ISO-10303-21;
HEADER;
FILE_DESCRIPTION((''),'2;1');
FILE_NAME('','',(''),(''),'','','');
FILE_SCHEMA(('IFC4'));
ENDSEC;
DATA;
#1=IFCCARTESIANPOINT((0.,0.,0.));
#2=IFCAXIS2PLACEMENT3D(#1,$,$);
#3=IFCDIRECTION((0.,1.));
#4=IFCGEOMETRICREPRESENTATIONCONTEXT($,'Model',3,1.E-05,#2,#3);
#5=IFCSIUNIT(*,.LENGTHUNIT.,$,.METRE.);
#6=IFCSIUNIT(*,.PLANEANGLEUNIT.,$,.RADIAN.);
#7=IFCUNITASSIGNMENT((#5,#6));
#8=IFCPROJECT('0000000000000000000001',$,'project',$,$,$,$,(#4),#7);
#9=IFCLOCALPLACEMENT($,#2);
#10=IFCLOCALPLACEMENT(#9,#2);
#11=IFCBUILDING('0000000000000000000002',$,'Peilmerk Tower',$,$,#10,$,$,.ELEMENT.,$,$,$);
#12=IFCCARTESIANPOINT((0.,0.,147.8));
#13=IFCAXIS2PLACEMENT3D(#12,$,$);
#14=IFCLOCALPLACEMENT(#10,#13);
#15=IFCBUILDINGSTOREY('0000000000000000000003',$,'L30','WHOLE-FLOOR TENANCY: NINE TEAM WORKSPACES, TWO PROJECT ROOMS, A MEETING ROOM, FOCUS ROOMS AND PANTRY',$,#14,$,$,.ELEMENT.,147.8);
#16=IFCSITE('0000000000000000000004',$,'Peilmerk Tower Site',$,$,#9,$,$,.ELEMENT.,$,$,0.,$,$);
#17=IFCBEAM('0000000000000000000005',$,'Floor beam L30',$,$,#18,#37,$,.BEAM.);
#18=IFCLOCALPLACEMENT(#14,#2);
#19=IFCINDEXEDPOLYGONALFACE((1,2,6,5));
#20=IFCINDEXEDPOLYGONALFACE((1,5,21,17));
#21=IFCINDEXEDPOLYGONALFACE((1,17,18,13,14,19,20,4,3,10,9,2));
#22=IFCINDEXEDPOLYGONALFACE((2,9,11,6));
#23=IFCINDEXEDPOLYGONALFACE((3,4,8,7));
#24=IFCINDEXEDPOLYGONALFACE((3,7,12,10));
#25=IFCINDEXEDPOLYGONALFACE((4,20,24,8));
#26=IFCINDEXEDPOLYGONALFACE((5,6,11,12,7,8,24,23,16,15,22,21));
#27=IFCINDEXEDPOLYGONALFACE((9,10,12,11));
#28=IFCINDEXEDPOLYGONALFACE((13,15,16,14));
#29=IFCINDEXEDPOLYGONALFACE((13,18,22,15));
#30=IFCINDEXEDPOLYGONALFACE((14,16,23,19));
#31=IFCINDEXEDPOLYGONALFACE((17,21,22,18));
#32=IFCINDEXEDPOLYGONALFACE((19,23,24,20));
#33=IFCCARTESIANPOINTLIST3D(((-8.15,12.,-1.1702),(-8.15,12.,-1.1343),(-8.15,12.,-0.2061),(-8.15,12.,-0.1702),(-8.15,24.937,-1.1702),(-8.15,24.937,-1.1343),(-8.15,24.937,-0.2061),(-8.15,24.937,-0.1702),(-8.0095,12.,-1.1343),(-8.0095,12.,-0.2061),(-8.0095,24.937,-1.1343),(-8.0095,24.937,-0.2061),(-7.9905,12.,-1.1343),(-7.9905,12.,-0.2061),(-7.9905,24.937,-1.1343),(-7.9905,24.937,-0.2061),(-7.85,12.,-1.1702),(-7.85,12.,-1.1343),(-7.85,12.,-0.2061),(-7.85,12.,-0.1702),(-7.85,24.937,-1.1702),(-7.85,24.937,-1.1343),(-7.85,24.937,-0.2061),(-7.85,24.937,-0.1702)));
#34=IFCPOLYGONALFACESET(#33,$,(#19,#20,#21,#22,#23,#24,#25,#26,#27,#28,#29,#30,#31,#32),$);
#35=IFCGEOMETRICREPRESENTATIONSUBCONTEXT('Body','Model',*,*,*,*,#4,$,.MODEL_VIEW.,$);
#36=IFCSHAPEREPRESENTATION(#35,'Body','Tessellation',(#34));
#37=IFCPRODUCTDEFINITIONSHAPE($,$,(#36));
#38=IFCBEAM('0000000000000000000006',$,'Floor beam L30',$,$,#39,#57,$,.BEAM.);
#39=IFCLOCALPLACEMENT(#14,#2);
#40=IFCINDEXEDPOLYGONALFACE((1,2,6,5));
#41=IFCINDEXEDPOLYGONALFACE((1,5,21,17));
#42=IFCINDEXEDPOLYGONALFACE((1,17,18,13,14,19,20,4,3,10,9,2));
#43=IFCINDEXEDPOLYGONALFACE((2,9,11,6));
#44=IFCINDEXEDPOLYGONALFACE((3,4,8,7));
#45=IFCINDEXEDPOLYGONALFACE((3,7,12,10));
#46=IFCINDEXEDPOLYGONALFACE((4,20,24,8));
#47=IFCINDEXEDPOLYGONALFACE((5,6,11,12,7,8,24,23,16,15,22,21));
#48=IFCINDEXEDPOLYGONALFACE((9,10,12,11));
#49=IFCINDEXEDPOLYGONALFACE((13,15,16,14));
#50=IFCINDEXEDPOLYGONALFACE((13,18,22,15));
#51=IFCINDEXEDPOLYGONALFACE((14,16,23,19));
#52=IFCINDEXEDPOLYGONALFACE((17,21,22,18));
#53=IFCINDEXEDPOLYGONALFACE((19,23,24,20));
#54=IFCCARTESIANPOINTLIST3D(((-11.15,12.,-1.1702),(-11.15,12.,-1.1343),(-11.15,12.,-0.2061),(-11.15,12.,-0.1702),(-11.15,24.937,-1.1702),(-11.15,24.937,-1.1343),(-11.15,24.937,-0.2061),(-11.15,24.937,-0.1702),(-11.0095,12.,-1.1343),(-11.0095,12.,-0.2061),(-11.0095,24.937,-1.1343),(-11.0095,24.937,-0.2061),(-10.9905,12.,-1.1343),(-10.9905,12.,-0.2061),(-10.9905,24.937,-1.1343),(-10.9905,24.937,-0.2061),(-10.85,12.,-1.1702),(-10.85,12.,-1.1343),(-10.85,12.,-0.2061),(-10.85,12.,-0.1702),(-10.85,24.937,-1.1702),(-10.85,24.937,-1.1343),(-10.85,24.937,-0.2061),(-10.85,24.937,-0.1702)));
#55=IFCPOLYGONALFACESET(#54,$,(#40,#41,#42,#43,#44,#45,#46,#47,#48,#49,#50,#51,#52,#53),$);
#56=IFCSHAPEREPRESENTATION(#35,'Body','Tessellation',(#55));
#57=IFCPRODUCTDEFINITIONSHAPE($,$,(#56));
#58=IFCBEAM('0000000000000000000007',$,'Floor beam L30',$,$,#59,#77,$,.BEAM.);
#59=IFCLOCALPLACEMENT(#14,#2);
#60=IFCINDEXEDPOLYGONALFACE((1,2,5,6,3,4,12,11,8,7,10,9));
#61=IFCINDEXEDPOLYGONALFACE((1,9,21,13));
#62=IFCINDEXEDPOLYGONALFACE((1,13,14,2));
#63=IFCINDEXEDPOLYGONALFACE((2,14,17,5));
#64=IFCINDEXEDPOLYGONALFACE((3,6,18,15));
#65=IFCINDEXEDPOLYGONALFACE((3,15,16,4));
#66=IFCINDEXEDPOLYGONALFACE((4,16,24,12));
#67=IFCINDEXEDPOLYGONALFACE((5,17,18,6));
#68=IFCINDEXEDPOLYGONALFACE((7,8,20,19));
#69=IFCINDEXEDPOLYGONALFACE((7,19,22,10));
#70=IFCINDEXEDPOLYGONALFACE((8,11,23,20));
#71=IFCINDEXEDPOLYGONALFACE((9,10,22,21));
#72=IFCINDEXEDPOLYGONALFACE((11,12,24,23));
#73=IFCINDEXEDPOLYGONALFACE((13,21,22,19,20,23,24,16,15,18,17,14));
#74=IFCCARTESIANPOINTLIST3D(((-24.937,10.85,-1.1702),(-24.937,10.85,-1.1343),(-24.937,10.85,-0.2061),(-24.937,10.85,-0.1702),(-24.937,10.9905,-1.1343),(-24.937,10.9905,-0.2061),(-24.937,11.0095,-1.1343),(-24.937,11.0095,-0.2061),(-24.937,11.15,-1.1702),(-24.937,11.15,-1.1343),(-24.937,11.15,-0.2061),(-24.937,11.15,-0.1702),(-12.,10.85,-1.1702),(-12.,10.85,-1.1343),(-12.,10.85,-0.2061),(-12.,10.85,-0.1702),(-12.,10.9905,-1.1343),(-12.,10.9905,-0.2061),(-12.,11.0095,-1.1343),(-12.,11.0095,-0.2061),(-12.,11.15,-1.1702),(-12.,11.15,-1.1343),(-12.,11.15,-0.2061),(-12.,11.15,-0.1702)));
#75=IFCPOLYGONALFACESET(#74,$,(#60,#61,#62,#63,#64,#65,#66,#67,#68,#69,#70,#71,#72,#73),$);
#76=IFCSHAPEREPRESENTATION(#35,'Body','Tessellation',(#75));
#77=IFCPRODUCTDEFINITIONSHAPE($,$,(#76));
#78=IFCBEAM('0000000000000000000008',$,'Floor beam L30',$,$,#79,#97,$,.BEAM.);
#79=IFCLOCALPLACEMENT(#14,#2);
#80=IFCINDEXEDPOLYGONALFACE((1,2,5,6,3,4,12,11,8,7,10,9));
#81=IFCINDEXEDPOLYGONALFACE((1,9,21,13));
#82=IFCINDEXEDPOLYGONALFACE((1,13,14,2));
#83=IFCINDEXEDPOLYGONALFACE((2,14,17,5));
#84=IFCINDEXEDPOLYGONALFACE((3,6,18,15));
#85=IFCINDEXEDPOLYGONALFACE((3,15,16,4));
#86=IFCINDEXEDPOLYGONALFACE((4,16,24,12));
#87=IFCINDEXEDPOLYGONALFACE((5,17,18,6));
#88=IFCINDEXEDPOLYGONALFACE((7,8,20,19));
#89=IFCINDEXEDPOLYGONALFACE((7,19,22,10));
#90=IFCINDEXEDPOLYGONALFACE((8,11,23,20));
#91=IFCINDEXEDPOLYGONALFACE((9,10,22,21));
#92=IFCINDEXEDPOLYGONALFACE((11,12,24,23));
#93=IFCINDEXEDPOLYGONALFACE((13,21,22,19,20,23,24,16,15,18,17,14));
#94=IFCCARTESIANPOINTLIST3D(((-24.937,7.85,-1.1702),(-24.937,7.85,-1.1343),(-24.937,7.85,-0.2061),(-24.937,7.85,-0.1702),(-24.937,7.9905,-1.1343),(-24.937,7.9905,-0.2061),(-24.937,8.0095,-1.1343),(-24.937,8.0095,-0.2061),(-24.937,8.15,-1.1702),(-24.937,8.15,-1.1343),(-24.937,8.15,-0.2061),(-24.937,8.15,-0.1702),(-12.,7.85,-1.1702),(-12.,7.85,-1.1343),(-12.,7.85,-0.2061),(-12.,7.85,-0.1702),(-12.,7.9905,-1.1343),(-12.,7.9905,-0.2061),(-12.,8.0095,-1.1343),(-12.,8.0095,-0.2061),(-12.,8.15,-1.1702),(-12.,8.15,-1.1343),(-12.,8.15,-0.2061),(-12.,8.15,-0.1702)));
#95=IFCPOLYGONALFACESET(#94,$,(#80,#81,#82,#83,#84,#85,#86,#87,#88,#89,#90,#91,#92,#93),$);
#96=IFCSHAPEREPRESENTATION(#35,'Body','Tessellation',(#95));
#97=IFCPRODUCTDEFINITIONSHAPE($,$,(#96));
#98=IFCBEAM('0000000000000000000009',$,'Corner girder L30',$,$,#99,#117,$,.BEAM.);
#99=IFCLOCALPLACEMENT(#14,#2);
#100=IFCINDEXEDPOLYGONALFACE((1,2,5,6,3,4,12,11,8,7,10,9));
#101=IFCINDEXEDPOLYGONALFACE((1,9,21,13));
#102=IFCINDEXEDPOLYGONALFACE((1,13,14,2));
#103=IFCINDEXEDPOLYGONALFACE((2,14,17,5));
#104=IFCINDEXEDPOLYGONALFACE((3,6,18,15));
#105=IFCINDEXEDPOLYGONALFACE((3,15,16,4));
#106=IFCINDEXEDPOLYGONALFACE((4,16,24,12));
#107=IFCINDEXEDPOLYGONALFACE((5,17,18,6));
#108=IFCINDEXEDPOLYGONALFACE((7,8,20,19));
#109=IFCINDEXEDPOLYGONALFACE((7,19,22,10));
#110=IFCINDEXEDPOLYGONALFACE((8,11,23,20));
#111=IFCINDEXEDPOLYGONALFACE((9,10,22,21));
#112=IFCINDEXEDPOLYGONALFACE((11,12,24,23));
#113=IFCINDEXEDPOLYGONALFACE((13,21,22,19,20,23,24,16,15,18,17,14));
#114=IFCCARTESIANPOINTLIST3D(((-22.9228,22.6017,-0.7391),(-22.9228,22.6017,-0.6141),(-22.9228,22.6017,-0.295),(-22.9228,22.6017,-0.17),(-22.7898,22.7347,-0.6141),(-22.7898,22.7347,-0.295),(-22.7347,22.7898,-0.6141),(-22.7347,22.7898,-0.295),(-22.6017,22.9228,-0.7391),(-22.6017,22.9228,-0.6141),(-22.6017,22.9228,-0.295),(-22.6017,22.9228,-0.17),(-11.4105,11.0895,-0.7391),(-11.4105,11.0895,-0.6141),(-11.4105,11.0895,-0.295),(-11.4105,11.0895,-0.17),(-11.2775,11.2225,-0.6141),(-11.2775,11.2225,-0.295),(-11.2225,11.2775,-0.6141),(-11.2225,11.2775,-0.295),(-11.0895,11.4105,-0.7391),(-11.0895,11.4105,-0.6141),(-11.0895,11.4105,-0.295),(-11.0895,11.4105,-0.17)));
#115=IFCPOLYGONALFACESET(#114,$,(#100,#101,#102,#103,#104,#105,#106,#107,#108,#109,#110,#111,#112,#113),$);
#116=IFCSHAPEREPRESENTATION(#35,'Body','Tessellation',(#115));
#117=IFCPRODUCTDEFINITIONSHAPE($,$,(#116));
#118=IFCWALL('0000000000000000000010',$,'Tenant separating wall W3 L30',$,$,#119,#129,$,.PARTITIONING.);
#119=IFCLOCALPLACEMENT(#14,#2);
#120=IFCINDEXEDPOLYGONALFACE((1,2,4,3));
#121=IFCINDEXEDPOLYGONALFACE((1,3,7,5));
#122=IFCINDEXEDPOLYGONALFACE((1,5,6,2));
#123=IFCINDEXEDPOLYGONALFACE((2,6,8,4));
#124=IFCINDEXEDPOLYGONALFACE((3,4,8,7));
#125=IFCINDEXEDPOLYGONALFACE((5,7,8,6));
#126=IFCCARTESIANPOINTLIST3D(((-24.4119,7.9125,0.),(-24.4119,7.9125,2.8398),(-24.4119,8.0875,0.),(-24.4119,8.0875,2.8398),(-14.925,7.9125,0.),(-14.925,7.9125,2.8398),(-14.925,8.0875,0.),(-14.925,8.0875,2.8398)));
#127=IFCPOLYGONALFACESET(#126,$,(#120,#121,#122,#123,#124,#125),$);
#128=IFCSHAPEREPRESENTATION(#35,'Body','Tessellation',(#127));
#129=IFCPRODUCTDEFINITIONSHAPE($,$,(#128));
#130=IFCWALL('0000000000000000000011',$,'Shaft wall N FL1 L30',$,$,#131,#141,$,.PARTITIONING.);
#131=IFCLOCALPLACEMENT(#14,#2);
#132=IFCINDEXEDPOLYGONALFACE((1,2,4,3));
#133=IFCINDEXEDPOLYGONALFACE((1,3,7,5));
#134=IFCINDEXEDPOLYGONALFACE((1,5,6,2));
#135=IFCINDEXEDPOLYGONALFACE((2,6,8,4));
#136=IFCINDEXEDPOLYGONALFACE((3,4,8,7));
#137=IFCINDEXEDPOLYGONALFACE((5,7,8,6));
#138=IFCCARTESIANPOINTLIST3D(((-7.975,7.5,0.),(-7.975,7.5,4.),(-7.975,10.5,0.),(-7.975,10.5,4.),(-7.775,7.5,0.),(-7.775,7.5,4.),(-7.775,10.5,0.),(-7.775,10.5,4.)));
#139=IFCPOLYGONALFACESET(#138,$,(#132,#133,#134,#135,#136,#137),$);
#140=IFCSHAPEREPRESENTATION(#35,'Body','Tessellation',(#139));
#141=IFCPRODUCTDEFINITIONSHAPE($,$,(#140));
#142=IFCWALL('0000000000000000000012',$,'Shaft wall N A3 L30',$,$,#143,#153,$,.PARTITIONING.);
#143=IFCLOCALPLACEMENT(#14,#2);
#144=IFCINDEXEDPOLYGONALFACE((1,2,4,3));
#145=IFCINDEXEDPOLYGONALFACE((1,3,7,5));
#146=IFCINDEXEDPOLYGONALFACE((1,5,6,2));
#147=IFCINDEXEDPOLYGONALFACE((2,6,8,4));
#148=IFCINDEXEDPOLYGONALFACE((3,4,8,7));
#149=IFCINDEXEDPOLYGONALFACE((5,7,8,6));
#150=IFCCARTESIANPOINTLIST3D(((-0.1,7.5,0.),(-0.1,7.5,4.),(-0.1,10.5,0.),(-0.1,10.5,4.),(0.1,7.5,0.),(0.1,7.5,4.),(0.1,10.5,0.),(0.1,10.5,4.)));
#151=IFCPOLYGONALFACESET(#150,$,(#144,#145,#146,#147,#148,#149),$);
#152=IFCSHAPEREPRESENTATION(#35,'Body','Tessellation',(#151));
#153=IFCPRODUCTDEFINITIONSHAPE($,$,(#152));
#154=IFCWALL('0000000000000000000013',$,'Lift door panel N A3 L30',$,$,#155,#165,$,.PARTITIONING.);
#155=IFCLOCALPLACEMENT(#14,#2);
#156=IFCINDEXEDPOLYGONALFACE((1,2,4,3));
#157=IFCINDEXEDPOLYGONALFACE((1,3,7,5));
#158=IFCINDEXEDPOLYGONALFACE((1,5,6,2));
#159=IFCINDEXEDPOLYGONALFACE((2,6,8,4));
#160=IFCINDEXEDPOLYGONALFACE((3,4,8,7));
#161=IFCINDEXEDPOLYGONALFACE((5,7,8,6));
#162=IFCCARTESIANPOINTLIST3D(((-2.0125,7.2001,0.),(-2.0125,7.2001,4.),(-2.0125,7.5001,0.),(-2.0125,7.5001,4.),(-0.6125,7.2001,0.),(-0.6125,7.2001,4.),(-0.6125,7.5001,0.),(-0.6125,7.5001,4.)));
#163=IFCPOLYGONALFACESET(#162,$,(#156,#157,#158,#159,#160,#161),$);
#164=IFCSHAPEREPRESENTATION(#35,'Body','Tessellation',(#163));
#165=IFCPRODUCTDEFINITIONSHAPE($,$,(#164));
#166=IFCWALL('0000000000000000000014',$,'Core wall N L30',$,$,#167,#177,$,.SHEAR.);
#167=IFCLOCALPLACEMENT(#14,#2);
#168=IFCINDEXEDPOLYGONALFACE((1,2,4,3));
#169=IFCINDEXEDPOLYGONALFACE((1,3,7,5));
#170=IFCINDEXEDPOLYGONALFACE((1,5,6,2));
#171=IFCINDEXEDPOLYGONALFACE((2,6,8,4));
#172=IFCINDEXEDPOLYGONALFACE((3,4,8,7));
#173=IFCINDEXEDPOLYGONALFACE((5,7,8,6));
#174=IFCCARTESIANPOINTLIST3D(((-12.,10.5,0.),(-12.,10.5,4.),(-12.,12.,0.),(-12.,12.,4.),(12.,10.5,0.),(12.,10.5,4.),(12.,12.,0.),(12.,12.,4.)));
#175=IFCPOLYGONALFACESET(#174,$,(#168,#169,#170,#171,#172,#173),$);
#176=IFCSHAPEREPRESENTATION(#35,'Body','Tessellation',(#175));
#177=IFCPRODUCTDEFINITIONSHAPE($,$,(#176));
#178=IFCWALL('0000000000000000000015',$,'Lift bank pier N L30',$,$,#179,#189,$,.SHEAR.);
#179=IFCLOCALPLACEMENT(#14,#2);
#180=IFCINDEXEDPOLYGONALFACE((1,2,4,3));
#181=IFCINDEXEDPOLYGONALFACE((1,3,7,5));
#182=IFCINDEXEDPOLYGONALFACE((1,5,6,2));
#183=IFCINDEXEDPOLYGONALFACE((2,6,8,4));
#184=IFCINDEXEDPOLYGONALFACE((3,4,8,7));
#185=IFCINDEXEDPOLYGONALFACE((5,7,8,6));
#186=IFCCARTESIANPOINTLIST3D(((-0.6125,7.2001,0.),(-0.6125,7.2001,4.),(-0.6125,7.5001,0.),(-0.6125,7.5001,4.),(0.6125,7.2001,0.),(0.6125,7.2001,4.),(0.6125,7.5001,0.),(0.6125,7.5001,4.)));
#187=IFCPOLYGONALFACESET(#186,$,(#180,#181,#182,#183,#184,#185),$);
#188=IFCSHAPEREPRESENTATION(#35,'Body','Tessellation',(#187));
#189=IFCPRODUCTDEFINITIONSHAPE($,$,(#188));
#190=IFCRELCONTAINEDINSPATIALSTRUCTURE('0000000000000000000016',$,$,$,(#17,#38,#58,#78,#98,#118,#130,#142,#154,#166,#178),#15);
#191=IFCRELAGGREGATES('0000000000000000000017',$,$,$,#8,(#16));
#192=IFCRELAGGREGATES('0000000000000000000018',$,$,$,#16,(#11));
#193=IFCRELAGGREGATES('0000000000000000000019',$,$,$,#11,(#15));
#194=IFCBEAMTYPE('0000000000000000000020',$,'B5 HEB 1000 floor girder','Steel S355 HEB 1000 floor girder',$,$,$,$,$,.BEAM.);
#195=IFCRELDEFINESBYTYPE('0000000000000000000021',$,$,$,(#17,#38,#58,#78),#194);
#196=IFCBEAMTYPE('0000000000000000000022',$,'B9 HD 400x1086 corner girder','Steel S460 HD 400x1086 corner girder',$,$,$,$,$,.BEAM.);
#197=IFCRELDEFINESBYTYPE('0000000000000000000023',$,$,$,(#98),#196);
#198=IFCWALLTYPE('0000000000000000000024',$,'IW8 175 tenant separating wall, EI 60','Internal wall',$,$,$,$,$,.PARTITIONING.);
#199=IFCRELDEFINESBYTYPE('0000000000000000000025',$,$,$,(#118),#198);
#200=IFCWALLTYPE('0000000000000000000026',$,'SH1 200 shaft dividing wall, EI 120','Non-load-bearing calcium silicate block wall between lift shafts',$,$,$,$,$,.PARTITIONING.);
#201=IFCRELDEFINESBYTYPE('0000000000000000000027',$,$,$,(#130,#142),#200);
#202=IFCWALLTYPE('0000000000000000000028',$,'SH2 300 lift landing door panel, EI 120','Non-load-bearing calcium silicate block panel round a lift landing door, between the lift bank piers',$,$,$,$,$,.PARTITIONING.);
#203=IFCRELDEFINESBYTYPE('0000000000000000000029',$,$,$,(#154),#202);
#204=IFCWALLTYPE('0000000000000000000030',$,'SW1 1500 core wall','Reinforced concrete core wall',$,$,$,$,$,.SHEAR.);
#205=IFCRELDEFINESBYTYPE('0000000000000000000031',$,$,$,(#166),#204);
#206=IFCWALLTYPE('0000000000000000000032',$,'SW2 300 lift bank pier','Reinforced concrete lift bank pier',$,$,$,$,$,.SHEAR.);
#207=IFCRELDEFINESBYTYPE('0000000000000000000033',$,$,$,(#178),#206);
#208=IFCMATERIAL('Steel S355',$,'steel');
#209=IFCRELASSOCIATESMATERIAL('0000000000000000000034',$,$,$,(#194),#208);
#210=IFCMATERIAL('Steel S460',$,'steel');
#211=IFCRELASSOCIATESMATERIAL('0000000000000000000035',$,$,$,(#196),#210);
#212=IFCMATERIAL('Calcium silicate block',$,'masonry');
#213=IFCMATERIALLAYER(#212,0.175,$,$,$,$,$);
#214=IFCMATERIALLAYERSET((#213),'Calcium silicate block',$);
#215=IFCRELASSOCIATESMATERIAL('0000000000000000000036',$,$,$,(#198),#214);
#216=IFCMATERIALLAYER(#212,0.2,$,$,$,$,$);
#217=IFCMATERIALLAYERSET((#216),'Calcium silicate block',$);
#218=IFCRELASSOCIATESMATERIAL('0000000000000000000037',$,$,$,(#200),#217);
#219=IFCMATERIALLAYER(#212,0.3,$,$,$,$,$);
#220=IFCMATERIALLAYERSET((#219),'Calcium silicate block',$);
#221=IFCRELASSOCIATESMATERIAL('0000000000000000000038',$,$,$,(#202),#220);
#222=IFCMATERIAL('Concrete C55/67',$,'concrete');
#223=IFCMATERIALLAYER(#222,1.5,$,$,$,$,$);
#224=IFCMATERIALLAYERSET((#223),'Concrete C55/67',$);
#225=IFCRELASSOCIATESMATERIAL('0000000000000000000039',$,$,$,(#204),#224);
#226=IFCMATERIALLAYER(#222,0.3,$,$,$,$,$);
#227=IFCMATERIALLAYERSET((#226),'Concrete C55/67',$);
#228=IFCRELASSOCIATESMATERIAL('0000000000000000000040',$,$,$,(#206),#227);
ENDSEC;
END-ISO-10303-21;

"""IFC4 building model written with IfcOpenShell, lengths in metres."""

from ifc_helpers import new_model, si_unit, direction, frame, frame_2d, origin, origin_2d, place, context, subcontext, project, spatial, rectangle, i_section, extrude, material, layer, layer_set, material_profile, profile_set, type_object, element, save


model = new_model("IFC4")

# Units and contexts
model_context = context("Model", 3, precision=1e-05, world=origin(), true_north=direction((0.0, 1.0)))
body_context = subcontext(model_context, "Body", "Model", "MODEL_VIEW")
ifc_project = project(units=[si_unit("LENGTHUNIT", "METRE"), si_unit("PLANEANGLEUNIT", "RADIAN")], contexts=[model_context])

# Site, building, storey
site_placement = place(None, origin())
site = spatial("IfcSite", under=ifc_project, at=site_placement, Name="Peilmerk Tower Site", CompositionType="ELEMENT", RefElevation=0.0)
building_placement = place(site_placement, origin())
building = spatial("IfcBuilding", under=site, at=building_placement, Name="Peilmerk Tower", CompositionType="ELEMENT")
storey_placement = place(building_placement, frame((0.0, 0.0, 147.8)))
storey = spatial("IfcBuildingStorey", under=building, at=storey_placement, Name="L30", Description="WHOLE-FLOOR TENANCY: NINE TEAM WORKSPACES, TWO PROJECT ROOMS, A MEETING ROOM, FOCUS ROOMS AND PANTRY", CompositionType="ELEMENT", Elevation=147.8)

# Beams
ifc_material_1 = material(Name="Steel S355", Category="steel")
ifc_material_profile_1 = material_profile(ifc_material_1, i_section(OverallWidth=0.3, OverallDepth=1.0, WebThickness=0.019, FlangeThickness=0.0359, at=origin_2d()), Name="HEB 1000")
ifc_profile_set_1 = profile_set([ifc_material_profile_1], Name="Steel S355")
beam_type_1 = type_object("IfcBeamType", Name="B5 HEB 1000 floor girder", Description="Steel S355 HEB 1000 floor girder", PredefinedType="BEAM", material=ifc_profile_set_1)
for number, where, z_axis, x_axis, name in (
    (1, (-8.0, 12.0, -0.6702), (0.0, 1.0, 0.0), (-1.0, 0.0, 0.0), "Floor beam L30"),
    (2, (-11.0, 12.0, -0.6702), (0.0, 1.0, 0.0), (-1.0, 0.0, 0.0), "Floor beam L30"),
    (3, (-12.0, 11.0, -0.6702), (-1.0, 0.0, 0.0), (0.0, -1.0, 0.0), "Floor beam L30"),
    (4, (-12.0, 8.0, -0.6702), (-1.0, 0.0, 0.0), (0.0, -1.0, 0.0), "Floor beam L30"),
):
    element("IfcBeam", number, at=place(storey_placement, frame(where, z_axis=z_axis, x_axis=x_axis)), inside=storey, type_object=beam_type_1, Name=name, PredefinedType="BEAM", context=body_context, shape_type="SweptSolid", body=[
        extrude(i_section(OverallWidth=0.3, OverallDepth=1.0, WebThickness=0.019, FlangeThickness=0.0359, at=origin_2d()), origin(), (0.0, 0.0, 1.0), 12.937),
    ])
ifc_material_2 = material(Name="Steel S460", Category="steel")
ifc_material_profile_2 = material_profile(ifc_material_2, i_section(OverallWidth=0.4541, OverallDepth=0.5691, WebThickness=0.0779, FlangeThickness=0.125, at=origin_2d()), Name="HD 400x1086")
ifc_profile_set_2 = profile_set([ifc_material_profile_2], Name="Steel S460")
beam_type_2 = type_object("IfcBeamType", Name="B9 HD 400x1086 corner girder", Description="Steel S460 HD 400x1086 corner girder", PredefinedType="BEAM", material=ifc_profile_set_2)
beam_placement = place(storey_placement, frame((-11.25, 11.25, -0.4546), z_axis=(-0.707107, 0.707107, 0.0), x_axis=(-0.707107, -0.707107, 0.0)))
element("IfcBeam", 5, at=beam_placement, inside=storey, type_object=beam_type_2, Name="Corner girder L30", PredefinedType="BEAM", context=body_context, shape_type="SweptSolid", body=[
    extrude(i_section(OverallWidth=0.4541, OverallDepth=0.5691, WebThickness=0.0779, FlangeThickness=0.125, at=origin_2d()), origin(), (0.0, 0.0, 1.0), 16.2808),
])

# Walls
ifc_material_3 = material(Name="Calcium silicate block", Category="masonry")
ifc_layer_1 = layer(ifc_material_3, 0.175)
ifc_layer_set_1 = layer_set([ifc_layer_1], Name="Calcium silicate block")
wall_type_1 = type_object("IfcWallType", Name="IW8 175 tenant separating wall, EI 60", Description="Internal wall", PredefinedType="PARTITIONING", material=ifc_layer_set_1)
wall_1_placement = place(storey_placement, frame((-14.925, 8.0, 0.0), z_axis=(0.0, 0.0, 1.0), x_axis=(-1.0, 0.0, 0.0)))
element("IfcWall", 6, at=wall_1_placement, inside=storey, type_object=wall_type_1, Name="Tenant separating wall W3 L30", PredefinedType="PARTITIONING", context=body_context, shape_type="SweptSolid", body=[
    extrude(rectangle(XDim=9.4868, YDim=0.175, at=frame_2d((4.7434, 0.0))), origin(), (0.0, 0.0, 1.0), 2.8398),
])
ifc_layer_2 = layer(ifc_material_3, 0.2)
ifc_layer_set_2 = layer_set([ifc_layer_2], Name="Calcium silicate block")
wall_type_2 = type_object("IfcWallType", Name="SH1 200 shaft dividing wall, EI 120", Description="Non-load-bearing calcium silicate block wall between lift shafts", PredefinedType="PARTITIONING", material=ifc_layer_set_2)
for number, where, z_axis, x_axis, name in (
    (7, (-7.875, 7.5, 0.0), (0.0, 0.0, 1.0), (0.0, 1.0, 0.0), "Shaft wall N FL1 L30"),
    (8, (0.0, 7.5, 0.0), (0.0, 0.0, 1.0), (0.0, 1.0, 0.0), "Shaft wall N A3 L30"),
):
    element("IfcWall", number, at=place(storey_placement, frame(where, z_axis=z_axis, x_axis=x_axis)), inside=storey, type_object=wall_type_2, Name=name, PredefinedType="PARTITIONING", context=body_context, shape_type="SweptSolid", body=[
        extrude(rectangle(XDim=3.0, YDim=0.2, at=frame_2d((1.5, 0.0))), origin(), (0.0, 0.0, 1.0), 4.0),
    ])
ifc_layer_3 = layer(ifc_material_3, 0.3)
ifc_layer_set_3 = layer_set([ifc_layer_3], Name="Calcium silicate block")
wall_type_3 = type_object("IfcWallType", Name="SH2 300 lift landing door panel, EI 120", Description="Non-load-bearing calcium silicate block panel round a lift landing door, between the lift bank piers", PredefinedType="PARTITIONING", material=ifc_layer_set_3)
wall_2_placement = place(storey_placement, frame((-2.0125, 7.3501, 0.0), z_axis=(0.0, 0.0, 1.0), x_axis=(1.0, 0.0, 0.0)))
element("IfcWall", 9, at=wall_2_placement, inside=storey, type_object=wall_type_3, Name="Lift door panel N A3 L30", PredefinedType="PARTITIONING", context=body_context, shape_type="SweptSolid", body=[
    extrude(rectangle(XDim=1.3999, YDim=0.3, at=frame_2d((0.7, 0.0))), origin(), (0.0, 0.0, 1.0), 4.0),
])
ifc_material_4 = material(Name="Concrete C55/67", Category="concrete")
ifc_layer_4 = layer(ifc_material_4, 1.5)
ifc_layer_set_4 = layer_set([ifc_layer_4], Name="Concrete C55/67")
wall_type_4 = type_object("IfcWallType", Name="SW1 1500 core wall", Description="Reinforced concrete core wall", PredefinedType="SHEAR", material=ifc_layer_set_4)
wall_3_placement = place(storey_placement, frame((-12.0, 11.25, 0.0), z_axis=(0.0, 0.0, 1.0), x_axis=(1.0, 0.0, 0.0)))
element("IfcWall", 10, at=wall_3_placement, inside=storey, type_object=wall_type_4, Name="Core wall N L30", PredefinedType="SHEAR", context=body_context, shape_type="SweptSolid", body=[
    extrude(rectangle(XDim=24.0, YDim=1.5, at=frame_2d((12.0, 0.0))), origin(), (0.0, 0.0, 1.0), 4.0),
])
ifc_layer_5 = layer(ifc_material_4, 0.3)
ifc_layer_set_5 = layer_set([ifc_layer_5], Name="Concrete C55/67")
wall_type_5 = type_object("IfcWallType", Name="SW2 300 lift bank pier", Description="Reinforced concrete lift bank pier", PredefinedType="SHEAR", material=ifc_layer_set_5)
wall_4_placement = place(storey_placement, frame((-0.6125, 7.3501, 0.0), z_axis=(0.0, 0.0, 1.0), x_axis=(1.0, 0.0, 0.0)))
element("IfcWall", 11, at=wall_4_placement, inside=storey, type_object=wall_type_5, Name="Lift bank pier N L30", PredefinedType="SHEAR", context=body_context, shape_type="SweptSolid", body=[
    extrude(rectangle(XDim=1.2251, YDim=0.3, at=frame_2d((0.6125, 0.0))), origin(), (0.0, 0.0, 1.0), 4.0),
])

save(model, "model.ifc")
